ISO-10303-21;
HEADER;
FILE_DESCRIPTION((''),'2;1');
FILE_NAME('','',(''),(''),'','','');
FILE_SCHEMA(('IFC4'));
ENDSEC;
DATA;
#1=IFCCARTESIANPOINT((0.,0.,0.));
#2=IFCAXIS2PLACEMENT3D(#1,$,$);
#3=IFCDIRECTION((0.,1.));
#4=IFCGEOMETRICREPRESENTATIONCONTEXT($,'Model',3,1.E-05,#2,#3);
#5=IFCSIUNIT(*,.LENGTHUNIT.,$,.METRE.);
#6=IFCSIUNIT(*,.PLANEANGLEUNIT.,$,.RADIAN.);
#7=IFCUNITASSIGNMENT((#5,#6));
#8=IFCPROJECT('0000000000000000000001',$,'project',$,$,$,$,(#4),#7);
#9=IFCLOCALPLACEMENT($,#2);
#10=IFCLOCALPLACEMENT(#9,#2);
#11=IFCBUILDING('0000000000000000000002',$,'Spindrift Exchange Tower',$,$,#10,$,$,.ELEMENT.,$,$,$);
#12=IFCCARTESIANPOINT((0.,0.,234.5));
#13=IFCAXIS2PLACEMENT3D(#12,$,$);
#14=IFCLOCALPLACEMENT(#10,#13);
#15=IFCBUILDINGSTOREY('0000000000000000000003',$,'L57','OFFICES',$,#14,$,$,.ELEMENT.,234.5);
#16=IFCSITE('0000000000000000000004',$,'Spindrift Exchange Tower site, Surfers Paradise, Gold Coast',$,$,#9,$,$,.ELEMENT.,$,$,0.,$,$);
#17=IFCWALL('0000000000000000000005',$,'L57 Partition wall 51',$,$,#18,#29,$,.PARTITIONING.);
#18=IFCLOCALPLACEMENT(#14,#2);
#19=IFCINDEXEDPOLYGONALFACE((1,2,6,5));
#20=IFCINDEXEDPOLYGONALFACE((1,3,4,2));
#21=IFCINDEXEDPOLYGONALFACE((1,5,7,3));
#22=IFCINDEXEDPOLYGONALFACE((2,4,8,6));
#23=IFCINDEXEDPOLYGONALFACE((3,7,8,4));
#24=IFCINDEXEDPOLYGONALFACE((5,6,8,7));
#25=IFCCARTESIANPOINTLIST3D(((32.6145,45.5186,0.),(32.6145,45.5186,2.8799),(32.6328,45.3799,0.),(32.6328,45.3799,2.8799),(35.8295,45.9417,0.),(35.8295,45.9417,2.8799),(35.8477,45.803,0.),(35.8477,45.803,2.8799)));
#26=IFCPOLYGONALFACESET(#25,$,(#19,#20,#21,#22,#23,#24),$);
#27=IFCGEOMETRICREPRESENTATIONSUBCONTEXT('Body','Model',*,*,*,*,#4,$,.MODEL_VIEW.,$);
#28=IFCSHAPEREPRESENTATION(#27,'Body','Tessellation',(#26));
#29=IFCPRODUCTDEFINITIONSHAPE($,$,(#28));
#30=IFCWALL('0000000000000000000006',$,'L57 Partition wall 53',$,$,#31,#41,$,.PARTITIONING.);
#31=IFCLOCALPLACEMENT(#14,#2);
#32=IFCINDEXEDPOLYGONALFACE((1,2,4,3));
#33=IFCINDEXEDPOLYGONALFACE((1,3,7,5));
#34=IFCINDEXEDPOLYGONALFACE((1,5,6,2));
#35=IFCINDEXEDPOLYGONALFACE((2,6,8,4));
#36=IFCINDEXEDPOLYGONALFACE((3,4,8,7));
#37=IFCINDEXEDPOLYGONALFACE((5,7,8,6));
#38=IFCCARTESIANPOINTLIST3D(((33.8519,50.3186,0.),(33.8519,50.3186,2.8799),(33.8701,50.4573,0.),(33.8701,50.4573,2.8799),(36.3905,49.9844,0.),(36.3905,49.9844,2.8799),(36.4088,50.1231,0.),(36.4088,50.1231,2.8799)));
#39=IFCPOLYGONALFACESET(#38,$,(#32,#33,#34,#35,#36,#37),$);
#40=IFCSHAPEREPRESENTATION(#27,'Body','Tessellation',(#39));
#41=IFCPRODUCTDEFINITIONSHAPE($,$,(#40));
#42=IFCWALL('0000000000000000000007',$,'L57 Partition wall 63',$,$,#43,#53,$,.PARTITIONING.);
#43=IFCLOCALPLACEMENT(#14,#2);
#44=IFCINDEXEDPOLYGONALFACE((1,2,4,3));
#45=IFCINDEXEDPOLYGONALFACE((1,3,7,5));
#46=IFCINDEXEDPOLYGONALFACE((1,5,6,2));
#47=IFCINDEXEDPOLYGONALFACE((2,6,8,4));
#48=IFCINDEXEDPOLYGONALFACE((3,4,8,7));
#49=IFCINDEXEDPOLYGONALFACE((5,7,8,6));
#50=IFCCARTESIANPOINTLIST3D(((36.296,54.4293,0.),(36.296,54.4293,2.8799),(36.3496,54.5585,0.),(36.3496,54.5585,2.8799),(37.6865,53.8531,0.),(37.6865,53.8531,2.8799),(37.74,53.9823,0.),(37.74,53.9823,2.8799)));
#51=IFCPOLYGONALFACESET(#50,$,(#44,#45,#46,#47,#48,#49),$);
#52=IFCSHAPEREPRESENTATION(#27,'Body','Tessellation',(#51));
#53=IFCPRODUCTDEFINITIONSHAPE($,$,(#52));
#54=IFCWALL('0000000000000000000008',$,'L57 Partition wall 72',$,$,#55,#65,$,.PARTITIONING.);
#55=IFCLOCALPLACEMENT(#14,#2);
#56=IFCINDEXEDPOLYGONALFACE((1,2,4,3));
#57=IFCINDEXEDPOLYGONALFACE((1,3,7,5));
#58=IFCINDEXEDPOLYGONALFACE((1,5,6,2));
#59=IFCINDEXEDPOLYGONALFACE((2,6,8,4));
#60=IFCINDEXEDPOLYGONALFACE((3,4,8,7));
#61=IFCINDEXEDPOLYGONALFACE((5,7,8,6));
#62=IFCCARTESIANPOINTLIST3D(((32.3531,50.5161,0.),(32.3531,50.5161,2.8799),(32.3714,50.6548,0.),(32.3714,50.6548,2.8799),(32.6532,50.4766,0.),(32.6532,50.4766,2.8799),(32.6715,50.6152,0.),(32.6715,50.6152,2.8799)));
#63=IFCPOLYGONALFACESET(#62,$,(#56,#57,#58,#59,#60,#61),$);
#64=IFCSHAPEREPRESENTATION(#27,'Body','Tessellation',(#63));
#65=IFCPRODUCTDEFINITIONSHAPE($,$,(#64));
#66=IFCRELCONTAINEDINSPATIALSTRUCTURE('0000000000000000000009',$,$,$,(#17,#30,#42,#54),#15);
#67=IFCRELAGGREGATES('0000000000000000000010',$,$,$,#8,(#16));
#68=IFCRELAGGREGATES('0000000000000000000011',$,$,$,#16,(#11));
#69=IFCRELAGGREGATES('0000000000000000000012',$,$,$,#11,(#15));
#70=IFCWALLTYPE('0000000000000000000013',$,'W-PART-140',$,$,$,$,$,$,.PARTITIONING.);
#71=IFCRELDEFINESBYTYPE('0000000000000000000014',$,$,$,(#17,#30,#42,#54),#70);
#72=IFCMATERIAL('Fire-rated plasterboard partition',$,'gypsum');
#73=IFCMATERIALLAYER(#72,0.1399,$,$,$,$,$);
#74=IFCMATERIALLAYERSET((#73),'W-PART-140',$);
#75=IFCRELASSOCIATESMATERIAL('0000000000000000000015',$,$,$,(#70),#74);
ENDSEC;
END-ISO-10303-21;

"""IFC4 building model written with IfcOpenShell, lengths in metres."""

from ifc_helpers import new_model, si_unit, direction, frame, frame_2d, origin, place, context, subcontext, project, spatial, rectangle, extrude, material, layer, layer_set, type_object, element, save


model = new_model("IFC4")

# Units and contexts
model_context = context("Model", 3, precision=1e-05, world=origin(), true_north=direction((0.0, 1.0)))
body_context = subcontext(model_context, "Body", "Model", "MODEL_VIEW")
ifc_project = project(units=[si_unit("LENGTHUNIT", "METRE"), si_unit("PLANEANGLEUNIT", "RADIAN")], contexts=[model_context])

# Site, building, storey
site_placement = place(None, origin())
site = spatial("IfcSite", under=ifc_project, at=site_placement, Name="Spindrift Exchange Tower site, Surfers Paradise, Gold Coast", CompositionType="ELEMENT", RefElevation=0.0)
building_placement = place(site_placement, origin())
building = spatial("IfcBuilding", under=site, at=building_placement, Name="Spindrift Exchange Tower", CompositionType="ELEMENT")
storey_placement = place(building_placement, frame((0.0, 0.0, 234.5)))
storey = spatial("IfcBuildingStorey", under=building, at=storey_placement, Name="L57", Description="OFFICES", CompositionType="ELEMENT", Elevation=234.5)

# Shared definitions
ifc_material_1 = material(Name="Fire-rated plasterboard partition", Category="gypsum")
ifc_layer_1 = layer(ifc_material_1, 0.1399)
ifc_layer_set_1 = layer_set([ifc_layer_1], Name="W-PART-140")
wall_type_1 = type_object("IfcWallType", Name="W-PART-140", PredefinedType="PARTITIONING", material=ifc_layer_set_1)

# Walls
wall_1_placement = place(storey_placement, frame((35.8386, 45.8723, 0.0), z_axis=(0.0, 0.0, 1.0), x_axis=(-0.991451, -0.130482, 0.0)))
element("IfcWall", 1, at=wall_1_placement, inside=storey, type_object=wall_type_1, Name="L57 Partition wall 51", PredefinedType="PARTITIONING", context=body_context, shape_type="SweptSolid", body=[
    extrude(rectangle(XDim=3.2427, YDim=0.1399, at=frame_2d((1.6213, 0.0))), origin(), (0.0, 0.0, 1.0), 2.8799),
])
wall_2_placement = place(storey_placement, frame((36.3997, 50.0537, 0.0), z_axis=(0.0, 0.0, 1.0), x_axis=(-0.991444, 0.130533, 0.0)))
element("IfcWall", 2, at=wall_2_placement, inside=storey, type_object=wall_type_1, Name="L57 Partition wall 53", PredefinedType="PARTITIONING", context=body_context, shape_type="SweptSolid", body=[
    extrude(rectangle(XDim=2.5605, YDim=0.1399, at=frame_2d((1.2803, 0.0))), origin(), (0.0, 0.0, 1.0), 2.8799),
])
wall_3_placement = place(storey_placement, frame((37.7131, 53.9177, 0.0), z_axis=(0.0, 0.0, 1.0), x_axis=(-0.923819, 0.382829, 0.0)))
element("IfcWall", 3, at=wall_3_placement, inside=storey, type_object=wall_type_1, Name="L57 Partition wall 63", PredefinedType="PARTITIONING", context=body_context, shape_type="SweptSolid", body=[
    extrude(rectangle(XDim=1.5051, YDim=0.1399, at=frame_2d((0.7524, 0.0))), origin(), (0.0, 0.0, 1.0), 2.8799),
])
wall_4_placement = place(storey_placement, frame((32.6624, 50.5459, 0.0), z_axis=(0.0, 0.0, 1.0), x_axis=(-0.991424, 0.130684, 0.0)))
element("IfcWall", 4, at=wall_4_placement, inside=storey, type_object=wall_type_1, Name="L57 Partition wall 72", PredefinedType="PARTITIONING", context=body_context, shape_type="SweptSolid", body=[
    extrude(rectangle(XDim=0.3027, YDim=0.1399, at=frame_2d((0.1514, 0.0))), origin(), (0.0, 0.0, 1.0), 2.8799),
])

save(model, "model.ifc")
